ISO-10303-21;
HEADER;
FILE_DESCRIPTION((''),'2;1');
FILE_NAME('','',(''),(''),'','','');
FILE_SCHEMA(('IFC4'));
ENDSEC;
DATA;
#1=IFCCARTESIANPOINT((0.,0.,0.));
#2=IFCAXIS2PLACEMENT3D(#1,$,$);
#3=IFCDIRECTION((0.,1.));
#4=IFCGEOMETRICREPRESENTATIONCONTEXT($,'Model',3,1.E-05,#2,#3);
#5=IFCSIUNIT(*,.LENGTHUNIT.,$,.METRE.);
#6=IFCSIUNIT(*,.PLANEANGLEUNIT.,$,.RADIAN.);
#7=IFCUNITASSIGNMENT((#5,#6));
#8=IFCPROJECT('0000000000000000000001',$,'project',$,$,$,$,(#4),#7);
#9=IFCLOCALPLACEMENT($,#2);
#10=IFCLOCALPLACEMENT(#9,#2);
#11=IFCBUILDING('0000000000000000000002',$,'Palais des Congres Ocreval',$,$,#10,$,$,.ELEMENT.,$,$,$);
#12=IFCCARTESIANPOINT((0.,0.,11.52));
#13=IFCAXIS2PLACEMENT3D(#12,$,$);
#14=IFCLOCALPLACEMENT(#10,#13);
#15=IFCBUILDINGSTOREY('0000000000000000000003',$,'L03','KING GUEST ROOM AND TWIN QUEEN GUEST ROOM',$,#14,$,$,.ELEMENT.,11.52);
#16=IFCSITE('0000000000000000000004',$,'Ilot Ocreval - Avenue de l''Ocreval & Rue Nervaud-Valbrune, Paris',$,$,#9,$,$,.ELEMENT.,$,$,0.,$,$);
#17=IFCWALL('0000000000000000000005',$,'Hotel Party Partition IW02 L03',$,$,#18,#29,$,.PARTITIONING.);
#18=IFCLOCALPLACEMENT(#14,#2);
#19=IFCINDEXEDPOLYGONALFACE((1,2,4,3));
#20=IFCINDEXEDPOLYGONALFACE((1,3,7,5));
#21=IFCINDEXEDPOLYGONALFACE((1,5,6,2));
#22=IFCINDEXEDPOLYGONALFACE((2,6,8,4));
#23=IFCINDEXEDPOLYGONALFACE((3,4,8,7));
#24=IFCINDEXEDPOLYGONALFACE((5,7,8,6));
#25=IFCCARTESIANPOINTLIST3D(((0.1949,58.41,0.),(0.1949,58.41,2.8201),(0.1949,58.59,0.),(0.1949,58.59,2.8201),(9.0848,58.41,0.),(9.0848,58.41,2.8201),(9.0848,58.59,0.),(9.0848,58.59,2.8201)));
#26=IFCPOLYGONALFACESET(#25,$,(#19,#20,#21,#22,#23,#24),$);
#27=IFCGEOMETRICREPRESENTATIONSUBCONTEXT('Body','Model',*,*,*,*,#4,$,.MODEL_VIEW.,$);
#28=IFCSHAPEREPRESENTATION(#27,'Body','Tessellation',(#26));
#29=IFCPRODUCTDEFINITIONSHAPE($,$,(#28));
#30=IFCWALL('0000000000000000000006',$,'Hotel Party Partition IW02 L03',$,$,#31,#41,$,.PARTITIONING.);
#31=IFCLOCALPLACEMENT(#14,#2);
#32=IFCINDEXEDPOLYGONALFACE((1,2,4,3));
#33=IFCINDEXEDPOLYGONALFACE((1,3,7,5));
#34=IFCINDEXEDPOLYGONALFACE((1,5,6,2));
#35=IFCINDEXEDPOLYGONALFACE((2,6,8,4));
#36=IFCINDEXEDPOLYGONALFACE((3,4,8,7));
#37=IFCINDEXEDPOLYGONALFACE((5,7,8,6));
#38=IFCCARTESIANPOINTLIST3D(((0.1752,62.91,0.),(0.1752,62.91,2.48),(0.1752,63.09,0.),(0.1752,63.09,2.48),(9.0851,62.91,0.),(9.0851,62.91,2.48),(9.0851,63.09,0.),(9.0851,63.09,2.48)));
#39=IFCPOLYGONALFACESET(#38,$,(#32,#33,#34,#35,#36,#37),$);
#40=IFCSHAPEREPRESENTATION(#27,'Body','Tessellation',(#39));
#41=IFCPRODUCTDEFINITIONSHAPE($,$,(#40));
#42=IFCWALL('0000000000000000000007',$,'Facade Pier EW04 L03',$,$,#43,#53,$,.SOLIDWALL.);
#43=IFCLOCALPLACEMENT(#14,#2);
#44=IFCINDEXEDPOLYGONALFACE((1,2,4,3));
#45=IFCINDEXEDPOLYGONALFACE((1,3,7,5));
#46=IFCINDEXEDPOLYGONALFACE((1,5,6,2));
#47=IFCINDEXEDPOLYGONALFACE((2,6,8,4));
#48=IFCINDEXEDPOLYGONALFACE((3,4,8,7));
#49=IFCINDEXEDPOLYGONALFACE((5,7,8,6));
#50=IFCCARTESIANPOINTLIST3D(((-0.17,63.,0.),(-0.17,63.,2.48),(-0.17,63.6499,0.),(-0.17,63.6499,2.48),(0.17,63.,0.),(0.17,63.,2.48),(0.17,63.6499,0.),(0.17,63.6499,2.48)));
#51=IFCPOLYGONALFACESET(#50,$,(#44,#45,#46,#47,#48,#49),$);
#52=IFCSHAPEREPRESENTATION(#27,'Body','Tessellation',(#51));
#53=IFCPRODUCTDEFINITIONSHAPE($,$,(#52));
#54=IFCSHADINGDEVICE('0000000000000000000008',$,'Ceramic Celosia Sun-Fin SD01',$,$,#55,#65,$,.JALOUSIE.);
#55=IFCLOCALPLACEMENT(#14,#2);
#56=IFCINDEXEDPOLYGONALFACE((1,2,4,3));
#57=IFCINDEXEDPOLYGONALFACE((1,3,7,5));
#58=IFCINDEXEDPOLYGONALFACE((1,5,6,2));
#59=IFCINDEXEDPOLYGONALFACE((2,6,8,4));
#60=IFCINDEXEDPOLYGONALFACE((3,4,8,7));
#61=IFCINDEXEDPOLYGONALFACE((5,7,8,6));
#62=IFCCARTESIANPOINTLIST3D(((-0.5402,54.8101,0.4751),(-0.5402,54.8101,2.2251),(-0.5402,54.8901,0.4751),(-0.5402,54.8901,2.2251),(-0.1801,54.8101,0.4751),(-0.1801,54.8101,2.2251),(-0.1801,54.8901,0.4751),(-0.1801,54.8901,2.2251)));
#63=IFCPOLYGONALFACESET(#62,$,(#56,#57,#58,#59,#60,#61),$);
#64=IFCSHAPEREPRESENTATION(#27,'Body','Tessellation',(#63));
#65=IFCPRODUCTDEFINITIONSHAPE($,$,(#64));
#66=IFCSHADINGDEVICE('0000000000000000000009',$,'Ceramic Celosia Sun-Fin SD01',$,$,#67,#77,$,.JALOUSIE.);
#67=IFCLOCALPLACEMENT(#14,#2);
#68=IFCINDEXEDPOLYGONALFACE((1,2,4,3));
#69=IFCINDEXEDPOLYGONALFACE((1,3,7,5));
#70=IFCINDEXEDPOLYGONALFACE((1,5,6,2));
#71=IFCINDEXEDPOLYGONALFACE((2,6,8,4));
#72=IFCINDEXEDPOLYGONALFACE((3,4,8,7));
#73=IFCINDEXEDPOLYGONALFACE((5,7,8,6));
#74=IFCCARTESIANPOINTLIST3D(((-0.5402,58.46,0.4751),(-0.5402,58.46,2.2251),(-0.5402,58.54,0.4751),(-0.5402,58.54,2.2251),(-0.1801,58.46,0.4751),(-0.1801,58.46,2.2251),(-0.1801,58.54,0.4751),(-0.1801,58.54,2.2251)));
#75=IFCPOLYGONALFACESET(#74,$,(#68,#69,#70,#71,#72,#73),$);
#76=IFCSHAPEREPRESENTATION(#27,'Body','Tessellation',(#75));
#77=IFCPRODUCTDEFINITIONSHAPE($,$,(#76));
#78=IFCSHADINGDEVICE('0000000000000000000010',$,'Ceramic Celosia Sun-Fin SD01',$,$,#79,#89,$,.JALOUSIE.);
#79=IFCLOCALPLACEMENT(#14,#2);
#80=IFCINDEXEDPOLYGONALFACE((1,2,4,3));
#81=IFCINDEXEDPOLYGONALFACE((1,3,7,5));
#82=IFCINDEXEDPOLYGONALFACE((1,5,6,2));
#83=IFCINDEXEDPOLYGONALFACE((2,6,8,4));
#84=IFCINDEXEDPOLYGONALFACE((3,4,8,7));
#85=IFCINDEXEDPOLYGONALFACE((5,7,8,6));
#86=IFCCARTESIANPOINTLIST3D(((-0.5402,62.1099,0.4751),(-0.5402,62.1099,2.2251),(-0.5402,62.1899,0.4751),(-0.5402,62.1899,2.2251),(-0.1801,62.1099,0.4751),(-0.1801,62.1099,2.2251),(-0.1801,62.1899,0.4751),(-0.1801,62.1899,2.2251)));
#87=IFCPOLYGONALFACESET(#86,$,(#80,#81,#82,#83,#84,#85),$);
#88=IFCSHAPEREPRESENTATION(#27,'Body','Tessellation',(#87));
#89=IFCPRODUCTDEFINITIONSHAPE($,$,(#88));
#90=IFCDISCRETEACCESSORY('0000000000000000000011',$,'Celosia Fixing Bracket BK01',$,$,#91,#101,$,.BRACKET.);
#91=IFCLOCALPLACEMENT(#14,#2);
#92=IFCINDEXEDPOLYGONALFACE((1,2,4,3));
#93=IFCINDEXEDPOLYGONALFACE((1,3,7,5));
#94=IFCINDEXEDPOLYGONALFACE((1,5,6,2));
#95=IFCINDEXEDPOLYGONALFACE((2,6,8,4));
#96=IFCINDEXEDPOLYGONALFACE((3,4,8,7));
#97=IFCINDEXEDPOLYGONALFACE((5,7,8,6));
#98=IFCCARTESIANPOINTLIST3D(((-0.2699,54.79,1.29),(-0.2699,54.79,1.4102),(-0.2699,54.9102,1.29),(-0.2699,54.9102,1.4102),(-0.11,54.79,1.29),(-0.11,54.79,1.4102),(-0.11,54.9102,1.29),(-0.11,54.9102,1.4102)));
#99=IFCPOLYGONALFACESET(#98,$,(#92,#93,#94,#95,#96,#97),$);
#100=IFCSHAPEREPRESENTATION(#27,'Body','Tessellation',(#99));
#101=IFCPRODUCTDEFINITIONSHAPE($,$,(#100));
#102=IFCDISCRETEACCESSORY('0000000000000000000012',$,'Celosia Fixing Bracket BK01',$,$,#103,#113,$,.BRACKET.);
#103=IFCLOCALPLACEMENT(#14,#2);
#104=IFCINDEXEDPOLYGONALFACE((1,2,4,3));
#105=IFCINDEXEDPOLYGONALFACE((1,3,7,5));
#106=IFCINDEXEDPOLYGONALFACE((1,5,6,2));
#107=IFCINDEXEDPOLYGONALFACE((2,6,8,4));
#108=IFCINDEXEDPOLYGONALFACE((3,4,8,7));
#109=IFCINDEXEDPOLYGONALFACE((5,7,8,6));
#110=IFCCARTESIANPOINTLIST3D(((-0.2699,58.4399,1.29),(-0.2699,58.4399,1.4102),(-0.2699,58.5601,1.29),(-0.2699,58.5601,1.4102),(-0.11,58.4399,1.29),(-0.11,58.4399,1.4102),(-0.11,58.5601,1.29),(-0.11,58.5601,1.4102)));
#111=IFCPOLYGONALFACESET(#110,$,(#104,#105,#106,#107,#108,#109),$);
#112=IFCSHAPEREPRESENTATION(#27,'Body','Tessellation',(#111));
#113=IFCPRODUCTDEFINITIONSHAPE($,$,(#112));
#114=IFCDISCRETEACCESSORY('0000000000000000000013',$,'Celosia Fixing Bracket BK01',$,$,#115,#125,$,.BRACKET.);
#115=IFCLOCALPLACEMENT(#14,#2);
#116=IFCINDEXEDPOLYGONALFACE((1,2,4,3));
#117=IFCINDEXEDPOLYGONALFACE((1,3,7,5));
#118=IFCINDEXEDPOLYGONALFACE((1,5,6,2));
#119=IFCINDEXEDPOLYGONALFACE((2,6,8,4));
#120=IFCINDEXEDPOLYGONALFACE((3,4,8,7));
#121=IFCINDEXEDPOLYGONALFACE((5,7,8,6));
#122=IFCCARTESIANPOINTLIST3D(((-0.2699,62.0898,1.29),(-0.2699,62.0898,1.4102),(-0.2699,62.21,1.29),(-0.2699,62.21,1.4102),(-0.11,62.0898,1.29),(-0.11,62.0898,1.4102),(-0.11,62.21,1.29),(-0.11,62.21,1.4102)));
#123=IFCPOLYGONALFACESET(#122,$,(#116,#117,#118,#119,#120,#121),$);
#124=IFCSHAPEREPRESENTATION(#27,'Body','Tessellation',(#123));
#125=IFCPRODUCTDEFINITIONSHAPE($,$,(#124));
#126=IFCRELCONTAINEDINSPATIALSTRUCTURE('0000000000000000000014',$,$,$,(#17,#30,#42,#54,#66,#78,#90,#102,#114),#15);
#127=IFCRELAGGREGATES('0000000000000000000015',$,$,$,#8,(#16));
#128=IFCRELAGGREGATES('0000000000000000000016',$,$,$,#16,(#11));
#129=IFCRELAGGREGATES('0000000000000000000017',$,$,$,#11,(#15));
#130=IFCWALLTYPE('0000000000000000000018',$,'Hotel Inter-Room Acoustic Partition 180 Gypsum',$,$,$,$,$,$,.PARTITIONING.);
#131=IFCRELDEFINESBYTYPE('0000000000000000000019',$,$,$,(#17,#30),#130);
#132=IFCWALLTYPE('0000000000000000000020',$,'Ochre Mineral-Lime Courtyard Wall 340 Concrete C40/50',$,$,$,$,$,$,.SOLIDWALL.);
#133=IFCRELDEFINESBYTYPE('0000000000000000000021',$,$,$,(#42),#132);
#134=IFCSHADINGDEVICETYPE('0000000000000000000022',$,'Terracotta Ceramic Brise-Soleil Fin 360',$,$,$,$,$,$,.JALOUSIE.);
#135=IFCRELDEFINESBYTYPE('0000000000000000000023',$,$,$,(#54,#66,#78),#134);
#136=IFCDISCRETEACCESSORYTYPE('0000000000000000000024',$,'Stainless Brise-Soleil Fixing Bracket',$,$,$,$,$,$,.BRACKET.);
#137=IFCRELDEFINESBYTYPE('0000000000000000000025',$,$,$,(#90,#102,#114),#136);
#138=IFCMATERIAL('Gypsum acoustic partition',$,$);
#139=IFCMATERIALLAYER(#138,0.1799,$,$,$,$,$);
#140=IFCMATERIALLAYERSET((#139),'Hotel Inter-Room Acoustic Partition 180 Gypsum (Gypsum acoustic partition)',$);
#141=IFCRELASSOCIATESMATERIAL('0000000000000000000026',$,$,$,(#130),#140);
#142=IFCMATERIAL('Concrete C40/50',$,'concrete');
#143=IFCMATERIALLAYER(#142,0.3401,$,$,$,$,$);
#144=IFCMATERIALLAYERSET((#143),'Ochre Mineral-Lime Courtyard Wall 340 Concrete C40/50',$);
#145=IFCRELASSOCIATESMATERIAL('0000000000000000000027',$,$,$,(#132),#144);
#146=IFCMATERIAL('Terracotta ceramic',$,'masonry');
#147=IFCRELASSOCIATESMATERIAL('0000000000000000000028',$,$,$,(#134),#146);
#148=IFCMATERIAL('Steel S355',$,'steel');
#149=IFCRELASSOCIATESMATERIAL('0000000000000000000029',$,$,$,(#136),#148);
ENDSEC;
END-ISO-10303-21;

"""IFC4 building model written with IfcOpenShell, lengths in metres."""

from ifc_helpers import new_model, si_unit, direction, frame, frame_2d, origin, origin_2d, place, context, subcontext, project, spatial, rectangle, extrude, material, layer, layer_set, type_object, element, save


model = new_model("IFC4")

# Units and contexts
model_context = context("Model", 3, precision=1e-05, world=origin(), true_north=direction((0.0, 1.0)))
body_context = subcontext(model_context, "Body", "Model", "MODEL_VIEW")
ifc_project = project(units=[si_unit("LENGTHUNIT", "METRE"), si_unit("PLANEANGLEUNIT", "RADIAN")], contexts=[model_context])

# Site, building, storey
site_placement = place(None, origin())
site = spatial("IfcSite", under=ifc_project, at=site_placement, Name="Ilot Ocreval - Avenue de l'Ocreval & Rue Nervaud-Valbrune, Paris", CompositionType="ELEMENT", RefElevation=0.0)
building_placement = place(site_placement, origin())
building = spatial("IfcBuilding", under=site, at=building_placement, Name="Palais des Congres Ocreval", CompositionType="ELEMENT")
storey_placement = place(building_placement, frame((0.0, 0.0, 11.52)))
storey = spatial("IfcBuildingStorey", under=building, at=storey_placement, Name="L03", Description="KING GUEST ROOM AND TWIN QUEEN GUEST ROOM", CompositionType="ELEMENT", Elevation=11.52)

# Shared definitions
ifc_material_1 = material(Name="Steel S355", Category="steel")
ifc_material_2 = material(Name="Concrete C40/50", Category="concrete")

# Shared definitions
ifc_material_3 = material(Name="Gypsum acoustic partition")

# Walls
ifc_layer_1 = layer(ifc_material_3, 0.1799)
ifc_layer_set_1 = layer_set([ifc_layer_1], Name="Hotel Inter-Room Acoustic Partition 180 Gypsum (Gypsum acoustic partition)")
wall_type_1 = type_object("IfcWallType", Name="Hotel Inter-Room Acoustic Partition 180 Gypsum", PredefinedType="PARTITIONING", material=ifc_layer_set_1)
wall_1_placement = place(storey_placement, frame((0.1951, 58.5, 0.0), z_axis=(0.0, 0.0, 1.0), x_axis=(1.0, 0.0, 0.0)))
element("IfcWall", 1, at=wall_1_placement, inside=storey, type_object=wall_type_1, Name="Hotel Party Partition IW02 L03", PredefinedType="PARTITIONING", context=body_context, shape_type="SweptSolid", body=[
    extrude(rectangle(XDim=8.8899, YDim=0.1799, at=frame_2d((4.4448, 0.0))), origin(), (0.0, 0.0, 1.0), 2.8201),
])
wall_2_placement = place(storey_placement, frame((0.175, 63.0, 0.0), z_axis=(0.0, 0.0, 1.0), x_axis=(1.0, 0.0, 0.0)))
element("IfcWall", 2, at=wall_2_placement, inside=storey, type_object=wall_type_1, Name="Hotel Party Partition IW02 L03", PredefinedType="PARTITIONING", context=body_context, shape_type="SweptSolid", body=[
    extrude(rectangle(XDim=8.9099, YDim=0.1799, at=frame_2d((4.4551, 0.0))), origin(), (0.0, 0.0, 1.0), 2.48),
])
ifc_layer_2 = layer(ifc_material_2, 0.3401)
ifc_layer_set_2 = layer_set([ifc_layer_2], Name="Ochre Mineral-Lime Courtyard Wall 340 Concrete C40/50")
wall_type_2 = type_object("IfcWallType", Name="Ochre Mineral-Lime Courtyard Wall 340 Concrete C40/50", PredefinedType="SOLIDWALL", material=ifc_layer_set_2)
wall_3_placement = place(storey_placement, frame((0.0, 63.0, 0.0), z_axis=(0.0, 0.0, 1.0), x_axis=(0.0, 1.0, 0.0)))
element("IfcWall", 3, at=wall_3_placement, inside=storey, type_object=wall_type_2, Name="Facade Pier EW04 L03", PredefinedType="SOLIDWALL", context=body_context, shape_type="SweptSolid", body=[
    extrude(rectangle(XDim=0.6499, YDim=0.3401, at=frame_2d((0.325, 0.0))), origin(), (0.0, 0.0, 1.0), 2.48),
])

# Shading devices
ifc_material_4 = material(Name="Terracotta ceramic", Category="masonry")
shading_device_type = type_object("IfcShadingDeviceType", Name="Terracotta Ceramic Brise-Soleil Fin 360", PredefinedType="JALOUSIE", material=ifc_material_4)
for number, where, z_axis, x_axis, name in (
    (4, (-0.3601, 54.8501, 0.4751), (0.0, 0.0, 1.0), (-1.0, 0.0, 0.0), "Ceramic Celosia Sun-Fin SD01"),
    (5, (-0.3601, 58.5, 0.4751), (0.0, 0.0, 1.0), (-1.0, 0.0, 0.0), "Ceramic Celosia Sun-Fin SD01"),
    (6, (-0.3601, 62.1499, 0.4751), (0.0, 0.0, 1.0), (-1.0, 0.0, 0.0), "Ceramic Celosia Sun-Fin SD01"),
):
    element("IfcShadingDevice", number, at=place(storey_placement, frame(where, z_axis=z_axis, x_axis=x_axis)), inside=storey, type_object=shading_device_type, Name=name, PredefinedType="JALOUSIE", context=body_context, shape_type="SweptSolid", body=[
        extrude(rectangle(XDim=0.3601, YDim=0.0801, at=origin_2d()), origin(), (0.0, 0.0, 1.0), 1.75),
    ])

# Discrete accessories
discrete_accessory_type = type_object("IfcDiscreteAccessoryType", Name="Stainless Brise-Soleil Fixing Bracket", PredefinedType="BRACKET", material=ifc_material_1)
for number, where, z_axis, x_axis, name in (
    (7, (-0.1899, 54.8501, 1.29), (0.0, 0.0, 1.0), (-1.0, 0.0, 0.0), "Celosia Fixing Bracket BK01"),
    (8, (-0.1899, 58.5, 1.29), (0.0, 0.0, 1.0), (-1.0, 0.0, 0.0), "Celosia Fixing Bracket BK01"),
    (9, (-0.1899, 62.1499, 1.29), (0.0, 0.0, 1.0), (-1.0, 0.0, 0.0), "Celosia Fixing Bracket BK01"),
):
    element("IfcDiscreteAccessory", number, at=place(storey_placement, frame(where, z_axis=z_axis, x_axis=x_axis)), inside=storey, type_object=discrete_accessory_type, Name=name, PredefinedType="BRACKET", context=body_context, shape_type="SweptSolid", body=[
        extrude(rectangle(XDim=0.1599, YDim=0.1201, at=origin_2d()), origin(), (0.0, 0.0, 1.0), 0.1201),
    ])

save(model, "model.ifc")
